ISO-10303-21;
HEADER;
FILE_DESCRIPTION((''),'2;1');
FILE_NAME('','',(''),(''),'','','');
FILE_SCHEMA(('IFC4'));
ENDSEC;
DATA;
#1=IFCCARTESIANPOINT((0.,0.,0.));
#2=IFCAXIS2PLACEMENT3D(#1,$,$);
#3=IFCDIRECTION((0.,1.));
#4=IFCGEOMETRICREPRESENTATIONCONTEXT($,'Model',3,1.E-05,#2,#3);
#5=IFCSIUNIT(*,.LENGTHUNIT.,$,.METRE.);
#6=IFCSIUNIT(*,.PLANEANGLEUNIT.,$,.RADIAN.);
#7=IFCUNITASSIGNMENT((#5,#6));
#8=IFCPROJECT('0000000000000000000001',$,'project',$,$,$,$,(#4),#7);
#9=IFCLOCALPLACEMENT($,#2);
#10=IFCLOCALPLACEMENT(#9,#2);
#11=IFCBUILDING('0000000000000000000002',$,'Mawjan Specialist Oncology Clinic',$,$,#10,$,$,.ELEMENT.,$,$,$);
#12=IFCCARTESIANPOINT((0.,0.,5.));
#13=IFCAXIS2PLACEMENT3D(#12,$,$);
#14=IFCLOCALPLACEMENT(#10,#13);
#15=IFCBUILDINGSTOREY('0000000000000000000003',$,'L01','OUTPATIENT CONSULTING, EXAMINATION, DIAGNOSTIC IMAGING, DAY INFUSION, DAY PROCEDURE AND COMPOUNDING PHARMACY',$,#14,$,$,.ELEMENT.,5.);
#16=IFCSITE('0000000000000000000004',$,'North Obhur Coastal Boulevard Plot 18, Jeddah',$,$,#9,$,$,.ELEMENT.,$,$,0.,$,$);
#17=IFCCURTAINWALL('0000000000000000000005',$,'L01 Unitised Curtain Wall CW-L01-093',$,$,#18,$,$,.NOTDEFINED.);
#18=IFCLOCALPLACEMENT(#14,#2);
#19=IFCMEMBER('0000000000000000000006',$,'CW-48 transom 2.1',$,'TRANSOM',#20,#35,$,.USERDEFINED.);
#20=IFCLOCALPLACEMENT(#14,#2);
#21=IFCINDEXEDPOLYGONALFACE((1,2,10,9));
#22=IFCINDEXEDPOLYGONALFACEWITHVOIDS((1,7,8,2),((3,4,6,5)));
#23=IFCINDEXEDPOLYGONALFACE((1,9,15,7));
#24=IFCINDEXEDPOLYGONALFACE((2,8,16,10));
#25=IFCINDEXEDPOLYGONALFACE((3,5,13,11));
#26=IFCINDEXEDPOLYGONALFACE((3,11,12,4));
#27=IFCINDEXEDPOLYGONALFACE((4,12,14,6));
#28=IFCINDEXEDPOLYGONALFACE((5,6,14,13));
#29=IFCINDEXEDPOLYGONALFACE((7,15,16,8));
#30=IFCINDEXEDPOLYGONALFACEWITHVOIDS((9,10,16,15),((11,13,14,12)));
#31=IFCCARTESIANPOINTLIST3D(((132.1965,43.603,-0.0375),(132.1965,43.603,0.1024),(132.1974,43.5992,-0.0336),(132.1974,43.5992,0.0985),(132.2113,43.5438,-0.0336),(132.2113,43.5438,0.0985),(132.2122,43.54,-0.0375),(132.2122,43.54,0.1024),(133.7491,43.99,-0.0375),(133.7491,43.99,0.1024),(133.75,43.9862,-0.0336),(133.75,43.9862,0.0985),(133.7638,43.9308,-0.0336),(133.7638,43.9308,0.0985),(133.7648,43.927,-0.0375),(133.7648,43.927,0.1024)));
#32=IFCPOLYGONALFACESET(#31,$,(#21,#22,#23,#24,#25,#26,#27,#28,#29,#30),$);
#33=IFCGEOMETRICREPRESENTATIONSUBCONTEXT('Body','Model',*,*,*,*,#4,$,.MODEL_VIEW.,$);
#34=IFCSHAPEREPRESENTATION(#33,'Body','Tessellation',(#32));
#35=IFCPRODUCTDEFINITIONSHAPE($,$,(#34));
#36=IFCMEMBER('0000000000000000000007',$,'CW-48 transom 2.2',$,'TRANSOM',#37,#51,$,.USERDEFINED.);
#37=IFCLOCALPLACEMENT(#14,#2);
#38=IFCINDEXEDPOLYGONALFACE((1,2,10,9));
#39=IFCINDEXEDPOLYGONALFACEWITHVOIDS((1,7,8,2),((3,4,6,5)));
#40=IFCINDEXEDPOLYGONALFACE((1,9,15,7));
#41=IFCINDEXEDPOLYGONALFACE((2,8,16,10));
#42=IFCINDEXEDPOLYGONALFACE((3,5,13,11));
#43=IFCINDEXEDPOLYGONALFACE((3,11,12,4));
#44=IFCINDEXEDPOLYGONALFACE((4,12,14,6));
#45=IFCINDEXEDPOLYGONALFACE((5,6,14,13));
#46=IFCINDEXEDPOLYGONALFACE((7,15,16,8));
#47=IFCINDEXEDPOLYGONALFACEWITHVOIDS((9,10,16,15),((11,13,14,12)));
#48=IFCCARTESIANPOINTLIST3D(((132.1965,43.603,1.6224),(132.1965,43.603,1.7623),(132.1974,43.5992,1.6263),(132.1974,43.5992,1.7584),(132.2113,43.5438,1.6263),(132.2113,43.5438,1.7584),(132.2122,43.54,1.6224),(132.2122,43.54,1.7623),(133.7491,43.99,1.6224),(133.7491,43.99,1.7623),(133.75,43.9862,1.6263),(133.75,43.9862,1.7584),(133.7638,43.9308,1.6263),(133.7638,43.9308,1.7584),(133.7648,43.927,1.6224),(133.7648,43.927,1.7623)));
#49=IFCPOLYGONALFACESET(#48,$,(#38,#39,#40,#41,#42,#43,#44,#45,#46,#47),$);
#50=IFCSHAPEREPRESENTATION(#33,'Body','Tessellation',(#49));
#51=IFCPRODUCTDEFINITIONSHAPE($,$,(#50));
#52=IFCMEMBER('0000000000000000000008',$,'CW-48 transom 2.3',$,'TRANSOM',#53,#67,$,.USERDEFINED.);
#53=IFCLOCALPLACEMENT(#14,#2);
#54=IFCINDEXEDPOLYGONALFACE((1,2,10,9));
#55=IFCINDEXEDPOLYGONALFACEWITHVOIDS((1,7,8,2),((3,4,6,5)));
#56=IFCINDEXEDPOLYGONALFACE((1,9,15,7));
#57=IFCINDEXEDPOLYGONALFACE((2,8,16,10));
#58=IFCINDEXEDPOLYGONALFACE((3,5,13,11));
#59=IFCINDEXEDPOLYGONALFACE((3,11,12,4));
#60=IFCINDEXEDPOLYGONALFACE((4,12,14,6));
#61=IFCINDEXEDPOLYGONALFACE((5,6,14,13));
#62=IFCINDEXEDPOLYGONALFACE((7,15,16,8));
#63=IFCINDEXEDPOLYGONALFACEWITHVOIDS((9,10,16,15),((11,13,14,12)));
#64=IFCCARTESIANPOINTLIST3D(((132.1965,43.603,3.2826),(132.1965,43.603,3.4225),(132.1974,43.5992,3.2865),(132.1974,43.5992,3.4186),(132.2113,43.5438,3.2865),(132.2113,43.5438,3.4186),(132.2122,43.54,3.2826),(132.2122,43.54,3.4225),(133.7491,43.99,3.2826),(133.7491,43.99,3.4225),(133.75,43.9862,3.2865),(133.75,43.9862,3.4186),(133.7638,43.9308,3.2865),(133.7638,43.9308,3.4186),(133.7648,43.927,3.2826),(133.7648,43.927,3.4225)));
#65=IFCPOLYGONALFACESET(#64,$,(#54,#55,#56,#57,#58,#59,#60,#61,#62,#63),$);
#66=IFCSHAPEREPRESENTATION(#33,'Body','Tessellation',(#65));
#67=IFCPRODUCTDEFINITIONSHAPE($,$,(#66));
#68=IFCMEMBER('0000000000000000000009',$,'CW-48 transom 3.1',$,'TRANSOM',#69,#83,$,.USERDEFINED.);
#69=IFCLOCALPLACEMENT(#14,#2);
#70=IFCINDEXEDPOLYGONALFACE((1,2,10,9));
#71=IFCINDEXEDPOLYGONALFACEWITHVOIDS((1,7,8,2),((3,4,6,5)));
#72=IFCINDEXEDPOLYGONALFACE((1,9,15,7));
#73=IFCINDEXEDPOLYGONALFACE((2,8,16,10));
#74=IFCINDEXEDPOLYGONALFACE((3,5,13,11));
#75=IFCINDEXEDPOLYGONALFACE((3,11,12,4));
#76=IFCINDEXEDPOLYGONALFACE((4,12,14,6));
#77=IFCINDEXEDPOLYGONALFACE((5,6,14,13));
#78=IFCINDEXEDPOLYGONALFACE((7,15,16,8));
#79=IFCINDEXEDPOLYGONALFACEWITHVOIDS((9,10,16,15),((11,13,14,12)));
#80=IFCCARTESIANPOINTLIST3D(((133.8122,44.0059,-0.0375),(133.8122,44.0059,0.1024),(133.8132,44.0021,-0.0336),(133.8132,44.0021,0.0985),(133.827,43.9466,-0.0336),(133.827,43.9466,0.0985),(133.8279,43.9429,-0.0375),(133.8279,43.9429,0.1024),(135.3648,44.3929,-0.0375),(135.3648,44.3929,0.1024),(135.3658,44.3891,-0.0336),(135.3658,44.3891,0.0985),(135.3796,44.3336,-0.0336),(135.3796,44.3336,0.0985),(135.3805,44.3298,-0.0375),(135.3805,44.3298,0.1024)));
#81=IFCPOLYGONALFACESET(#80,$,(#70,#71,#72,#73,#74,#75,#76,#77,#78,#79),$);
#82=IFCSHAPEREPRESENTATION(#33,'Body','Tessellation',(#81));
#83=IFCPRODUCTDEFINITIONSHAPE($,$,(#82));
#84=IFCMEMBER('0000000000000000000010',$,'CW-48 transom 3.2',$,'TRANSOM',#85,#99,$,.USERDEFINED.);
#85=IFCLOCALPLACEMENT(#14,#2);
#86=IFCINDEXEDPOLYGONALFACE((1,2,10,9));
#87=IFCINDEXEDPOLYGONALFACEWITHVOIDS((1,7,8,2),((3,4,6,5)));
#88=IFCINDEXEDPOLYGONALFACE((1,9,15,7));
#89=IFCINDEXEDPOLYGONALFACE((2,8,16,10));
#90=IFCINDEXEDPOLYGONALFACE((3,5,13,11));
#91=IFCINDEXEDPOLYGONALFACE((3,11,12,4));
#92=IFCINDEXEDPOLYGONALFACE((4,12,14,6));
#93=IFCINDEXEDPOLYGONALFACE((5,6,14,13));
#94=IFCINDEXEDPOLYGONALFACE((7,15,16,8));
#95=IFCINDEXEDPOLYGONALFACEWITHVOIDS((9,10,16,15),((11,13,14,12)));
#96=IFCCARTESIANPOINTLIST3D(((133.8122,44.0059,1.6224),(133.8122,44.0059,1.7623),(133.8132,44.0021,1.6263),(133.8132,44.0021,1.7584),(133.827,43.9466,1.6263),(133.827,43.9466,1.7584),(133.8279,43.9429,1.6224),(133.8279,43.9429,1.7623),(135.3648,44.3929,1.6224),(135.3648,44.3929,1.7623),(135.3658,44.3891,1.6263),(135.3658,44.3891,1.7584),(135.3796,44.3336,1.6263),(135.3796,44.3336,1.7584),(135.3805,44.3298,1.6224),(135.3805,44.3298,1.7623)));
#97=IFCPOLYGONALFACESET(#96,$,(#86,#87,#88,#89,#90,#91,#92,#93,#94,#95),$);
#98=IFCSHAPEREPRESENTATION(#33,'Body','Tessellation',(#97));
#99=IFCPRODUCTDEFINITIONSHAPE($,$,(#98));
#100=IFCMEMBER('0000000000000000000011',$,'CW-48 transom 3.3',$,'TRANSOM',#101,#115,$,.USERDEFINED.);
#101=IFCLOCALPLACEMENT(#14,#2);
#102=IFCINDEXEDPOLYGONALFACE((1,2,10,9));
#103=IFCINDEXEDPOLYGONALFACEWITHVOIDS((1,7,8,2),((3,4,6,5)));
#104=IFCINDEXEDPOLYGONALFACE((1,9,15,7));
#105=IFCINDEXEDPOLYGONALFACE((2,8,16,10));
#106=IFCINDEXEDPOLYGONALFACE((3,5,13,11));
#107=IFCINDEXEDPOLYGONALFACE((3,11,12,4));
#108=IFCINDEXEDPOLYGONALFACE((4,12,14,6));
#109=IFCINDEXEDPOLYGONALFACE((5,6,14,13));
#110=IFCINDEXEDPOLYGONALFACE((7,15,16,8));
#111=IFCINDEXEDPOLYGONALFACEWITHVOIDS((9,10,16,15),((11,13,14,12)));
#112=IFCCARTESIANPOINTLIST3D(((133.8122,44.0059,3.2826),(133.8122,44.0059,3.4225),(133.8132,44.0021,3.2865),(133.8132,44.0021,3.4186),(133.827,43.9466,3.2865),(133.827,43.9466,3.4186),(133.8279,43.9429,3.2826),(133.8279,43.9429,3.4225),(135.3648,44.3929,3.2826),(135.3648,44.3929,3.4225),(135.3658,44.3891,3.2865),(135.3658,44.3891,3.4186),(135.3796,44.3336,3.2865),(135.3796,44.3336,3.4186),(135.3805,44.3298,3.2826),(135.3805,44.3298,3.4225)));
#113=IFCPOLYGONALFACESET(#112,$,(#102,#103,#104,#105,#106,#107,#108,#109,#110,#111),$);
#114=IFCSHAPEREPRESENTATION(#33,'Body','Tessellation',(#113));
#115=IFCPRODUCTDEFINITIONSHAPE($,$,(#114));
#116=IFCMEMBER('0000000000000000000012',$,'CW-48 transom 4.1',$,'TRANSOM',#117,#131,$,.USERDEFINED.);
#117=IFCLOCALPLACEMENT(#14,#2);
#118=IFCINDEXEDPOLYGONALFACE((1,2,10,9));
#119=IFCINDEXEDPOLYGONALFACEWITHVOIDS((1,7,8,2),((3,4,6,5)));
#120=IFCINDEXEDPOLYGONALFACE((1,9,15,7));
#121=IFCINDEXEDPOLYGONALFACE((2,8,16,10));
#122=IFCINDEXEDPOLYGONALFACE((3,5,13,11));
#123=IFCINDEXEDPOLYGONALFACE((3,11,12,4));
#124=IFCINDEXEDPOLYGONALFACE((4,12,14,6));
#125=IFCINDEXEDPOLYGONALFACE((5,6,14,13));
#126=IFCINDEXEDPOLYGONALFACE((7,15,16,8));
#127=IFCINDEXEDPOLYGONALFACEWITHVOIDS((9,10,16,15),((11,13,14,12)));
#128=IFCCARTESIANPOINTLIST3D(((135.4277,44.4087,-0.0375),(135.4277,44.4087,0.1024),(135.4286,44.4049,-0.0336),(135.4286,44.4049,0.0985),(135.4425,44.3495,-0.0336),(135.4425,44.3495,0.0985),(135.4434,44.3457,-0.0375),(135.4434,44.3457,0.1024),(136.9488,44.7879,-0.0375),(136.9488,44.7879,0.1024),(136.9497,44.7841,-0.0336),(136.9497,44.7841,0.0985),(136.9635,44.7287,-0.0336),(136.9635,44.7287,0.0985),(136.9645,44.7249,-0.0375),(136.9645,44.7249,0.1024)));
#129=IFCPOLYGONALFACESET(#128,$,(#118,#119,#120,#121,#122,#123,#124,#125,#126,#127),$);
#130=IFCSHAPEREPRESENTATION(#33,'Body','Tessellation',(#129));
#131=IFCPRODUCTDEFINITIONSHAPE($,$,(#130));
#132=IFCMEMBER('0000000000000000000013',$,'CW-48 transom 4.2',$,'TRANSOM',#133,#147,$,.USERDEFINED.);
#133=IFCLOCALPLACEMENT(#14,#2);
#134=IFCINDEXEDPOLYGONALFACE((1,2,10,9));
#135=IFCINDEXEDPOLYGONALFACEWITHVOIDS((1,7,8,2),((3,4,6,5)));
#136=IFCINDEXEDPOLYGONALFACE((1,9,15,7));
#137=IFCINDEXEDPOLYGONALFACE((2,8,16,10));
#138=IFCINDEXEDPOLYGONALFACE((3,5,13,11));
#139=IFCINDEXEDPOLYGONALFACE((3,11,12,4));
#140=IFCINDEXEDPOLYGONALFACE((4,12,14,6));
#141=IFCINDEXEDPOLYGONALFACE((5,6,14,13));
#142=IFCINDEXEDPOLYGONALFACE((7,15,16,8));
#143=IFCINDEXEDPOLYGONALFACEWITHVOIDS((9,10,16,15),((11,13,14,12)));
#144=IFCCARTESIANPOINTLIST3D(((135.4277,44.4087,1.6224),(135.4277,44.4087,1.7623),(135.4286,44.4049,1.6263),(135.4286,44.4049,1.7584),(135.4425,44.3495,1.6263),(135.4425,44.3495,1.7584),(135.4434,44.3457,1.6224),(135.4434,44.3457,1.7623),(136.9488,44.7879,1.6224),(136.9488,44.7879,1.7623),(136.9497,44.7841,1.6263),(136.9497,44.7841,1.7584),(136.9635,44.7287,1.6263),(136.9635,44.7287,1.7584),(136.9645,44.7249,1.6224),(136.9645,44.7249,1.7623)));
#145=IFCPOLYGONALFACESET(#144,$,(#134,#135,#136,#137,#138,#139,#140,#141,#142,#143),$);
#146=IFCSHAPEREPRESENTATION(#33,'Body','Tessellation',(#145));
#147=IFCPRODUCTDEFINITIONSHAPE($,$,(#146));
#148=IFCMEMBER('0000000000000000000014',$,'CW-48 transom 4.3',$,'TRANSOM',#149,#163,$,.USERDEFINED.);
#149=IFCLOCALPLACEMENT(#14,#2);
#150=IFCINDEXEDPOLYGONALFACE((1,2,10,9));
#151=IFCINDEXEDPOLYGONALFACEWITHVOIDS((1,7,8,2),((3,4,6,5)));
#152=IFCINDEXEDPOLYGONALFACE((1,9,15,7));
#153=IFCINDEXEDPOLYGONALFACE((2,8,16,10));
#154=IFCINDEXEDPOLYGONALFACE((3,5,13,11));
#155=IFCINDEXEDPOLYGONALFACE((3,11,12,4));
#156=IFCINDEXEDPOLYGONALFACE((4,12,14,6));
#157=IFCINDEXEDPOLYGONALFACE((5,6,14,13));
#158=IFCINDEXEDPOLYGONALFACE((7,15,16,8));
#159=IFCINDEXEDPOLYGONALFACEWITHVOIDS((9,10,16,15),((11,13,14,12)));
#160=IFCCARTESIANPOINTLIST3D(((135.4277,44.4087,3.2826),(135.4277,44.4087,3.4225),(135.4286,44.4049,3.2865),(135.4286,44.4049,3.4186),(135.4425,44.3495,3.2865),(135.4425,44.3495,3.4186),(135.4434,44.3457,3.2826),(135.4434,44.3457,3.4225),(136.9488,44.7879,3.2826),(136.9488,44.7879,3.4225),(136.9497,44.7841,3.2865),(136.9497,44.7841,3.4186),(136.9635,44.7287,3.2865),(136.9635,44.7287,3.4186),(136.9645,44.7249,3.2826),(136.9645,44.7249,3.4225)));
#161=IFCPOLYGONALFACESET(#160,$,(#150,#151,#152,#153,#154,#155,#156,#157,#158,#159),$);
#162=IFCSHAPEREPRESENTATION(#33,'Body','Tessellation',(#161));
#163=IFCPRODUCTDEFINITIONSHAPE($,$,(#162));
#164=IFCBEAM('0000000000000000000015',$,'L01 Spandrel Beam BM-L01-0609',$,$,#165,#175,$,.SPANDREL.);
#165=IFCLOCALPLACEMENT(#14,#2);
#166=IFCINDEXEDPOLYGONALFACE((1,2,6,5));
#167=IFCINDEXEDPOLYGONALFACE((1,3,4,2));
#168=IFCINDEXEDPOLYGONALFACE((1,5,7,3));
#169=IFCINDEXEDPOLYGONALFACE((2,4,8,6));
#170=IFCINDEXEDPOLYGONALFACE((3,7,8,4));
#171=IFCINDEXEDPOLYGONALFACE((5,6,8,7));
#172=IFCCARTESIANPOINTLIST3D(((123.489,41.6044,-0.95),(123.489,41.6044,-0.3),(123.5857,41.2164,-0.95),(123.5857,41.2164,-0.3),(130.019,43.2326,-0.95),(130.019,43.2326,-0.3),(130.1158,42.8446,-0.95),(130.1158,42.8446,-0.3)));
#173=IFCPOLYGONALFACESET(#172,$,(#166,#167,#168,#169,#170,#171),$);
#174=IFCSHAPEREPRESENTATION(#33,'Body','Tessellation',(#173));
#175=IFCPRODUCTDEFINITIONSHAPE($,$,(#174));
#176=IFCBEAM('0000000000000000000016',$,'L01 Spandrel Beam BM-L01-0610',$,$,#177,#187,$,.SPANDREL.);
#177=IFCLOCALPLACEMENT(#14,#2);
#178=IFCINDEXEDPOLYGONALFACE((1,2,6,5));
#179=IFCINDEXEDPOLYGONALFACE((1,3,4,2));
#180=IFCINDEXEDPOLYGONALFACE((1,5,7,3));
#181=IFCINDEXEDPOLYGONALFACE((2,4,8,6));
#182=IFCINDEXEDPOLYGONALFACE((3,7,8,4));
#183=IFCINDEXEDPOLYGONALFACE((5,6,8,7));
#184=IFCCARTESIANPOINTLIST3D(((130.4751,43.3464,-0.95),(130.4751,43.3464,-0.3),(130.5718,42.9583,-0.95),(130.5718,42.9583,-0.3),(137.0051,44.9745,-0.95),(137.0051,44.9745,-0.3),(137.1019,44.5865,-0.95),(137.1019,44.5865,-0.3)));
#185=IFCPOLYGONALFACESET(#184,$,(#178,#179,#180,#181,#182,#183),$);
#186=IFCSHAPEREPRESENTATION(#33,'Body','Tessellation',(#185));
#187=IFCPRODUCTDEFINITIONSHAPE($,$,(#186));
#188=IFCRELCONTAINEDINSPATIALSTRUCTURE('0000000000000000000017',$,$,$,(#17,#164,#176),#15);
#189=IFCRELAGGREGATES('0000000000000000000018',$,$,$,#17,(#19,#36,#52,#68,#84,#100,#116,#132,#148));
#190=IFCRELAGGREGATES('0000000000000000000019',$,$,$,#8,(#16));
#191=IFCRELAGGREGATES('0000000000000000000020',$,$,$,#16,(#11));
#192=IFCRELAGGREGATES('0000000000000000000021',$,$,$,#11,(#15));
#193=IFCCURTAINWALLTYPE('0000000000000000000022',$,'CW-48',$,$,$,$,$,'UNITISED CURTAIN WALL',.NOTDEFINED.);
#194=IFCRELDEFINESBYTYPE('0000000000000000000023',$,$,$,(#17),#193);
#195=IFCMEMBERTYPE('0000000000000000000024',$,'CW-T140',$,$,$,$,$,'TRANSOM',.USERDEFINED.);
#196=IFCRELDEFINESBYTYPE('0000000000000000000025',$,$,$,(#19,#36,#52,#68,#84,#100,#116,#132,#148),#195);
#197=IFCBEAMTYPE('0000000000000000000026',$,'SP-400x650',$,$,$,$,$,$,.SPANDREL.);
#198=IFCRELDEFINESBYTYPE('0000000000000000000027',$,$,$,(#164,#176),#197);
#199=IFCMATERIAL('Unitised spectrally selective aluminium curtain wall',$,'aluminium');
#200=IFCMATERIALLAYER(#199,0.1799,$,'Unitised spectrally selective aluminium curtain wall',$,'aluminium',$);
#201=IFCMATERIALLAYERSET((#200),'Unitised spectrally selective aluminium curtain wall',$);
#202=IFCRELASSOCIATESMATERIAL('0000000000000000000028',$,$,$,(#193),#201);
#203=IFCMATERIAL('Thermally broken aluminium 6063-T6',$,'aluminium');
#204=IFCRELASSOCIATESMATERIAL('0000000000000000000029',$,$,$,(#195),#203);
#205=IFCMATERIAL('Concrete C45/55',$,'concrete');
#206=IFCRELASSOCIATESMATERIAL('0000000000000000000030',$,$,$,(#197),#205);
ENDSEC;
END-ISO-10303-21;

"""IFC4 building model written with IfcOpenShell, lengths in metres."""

from ifc_helpers import new_model, si_unit, direction, frame, origin, origin_2d, place, context, subcontext, project, spatial, rectangle, hollow_rectangle, extrude, material, layer, layer_set, material_profile, profile_set, type_object, element, aggregate, save


model = new_model("IFC4")

# Units and contexts
model_context = context("Model", 3, precision=1e-05, world=origin(), true_north=direction((0.0, 1.0)))
body_context = subcontext(model_context, "Body", "Model", "MODEL_VIEW")
ifc_project = project(units=[si_unit("LENGTHUNIT", "METRE"), si_unit("PLANEANGLEUNIT", "RADIAN")], contexts=[model_context])

# Site, building, storey
site_placement = place(None, origin())
site = spatial("IfcSite", under=ifc_project, at=site_placement, Name="North Obhur Coastal Boulevard Plot 18, Jeddah", CompositionType="ELEMENT", RefElevation=0.0)
building_placement = place(site_placement, origin())
building = spatial("IfcBuilding", under=site, at=building_placement, Name="Mawjan Specialist Oncology Clinic", CompositionType="ELEMENT")
storey_placement = place(building_placement, frame((0.0, 0.0, 5.0)))
storey = spatial("IfcBuildingStorey", under=building, at=storey_placement, Name="L01", Description="OUTPATIENT CONSULTING, EXAMINATION, DIAGNOSTIC IMAGING, DAY INFUSION, DAY PROCEDURE AND COMPOUNDING PHARMACY", CompositionType="ELEMENT", Elevation=5.0)

# Shared definitions
ifc_material_1 = material(Name="Unitised spectrally selective aluminium curtain wall", Category="aluminium")
ifc_layer_1 = layer(ifc_material_1, 0.1799, Name="Unitised spectrally selective aluminium curtain wall", Category="aluminium")
ifc_layer_set_1 = layer_set([ifc_layer_1], Name="Unitised spectrally selective aluminium curtain wall")
curtain_wall_type = type_object("IfcCurtainWallType", Name="CW-48", ElementType="UNITISED CURTAIN WALL", PredefinedType="NOTDEFINED", material=ifc_layer_set_1)

# Curtain wall, members
curtain_wall_1_placement = place(storey_placement, origin())
curtain_wall_1 = element("IfcCurtainWall", 1, at=curtain_wall_1_placement, inside=storey, type_object=curtain_wall_type, Name="L01 Unitised Curtain Wall CW-L01-093", PredefinedType="NOTDEFINED")
ifc_material_2 = material(Name="Thermally broken aluminium 6063-T6", Category="aluminium")
ifc_material_profile_1 = material_profile(ifc_material_2, hollow_rectangle(XDim=0.0649, YDim=0.1399, WallThickness=0.0039, at=origin_2d()), Name="ALU TRANSOM 140x65x4", Category="aluminium")
ifc_profile_set_1 = profile_set([ifc_material_profile_1], Name="Thermally broken aluminium 6063-T6")
member_type_1 = type_object("IfcMemberType", Name="CW-T140", ElementType="TRANSOM", PredefinedType="USERDEFINED", material=ifc_profile_set_1)
member_1_placement = place(storey_placement, frame((132.2043, 43.5715, 0.0325), z_axis=(0.970313, 0.241853, 0.0), x_axis=(-0.241853, 0.970313, 0.0)))
member_1 = element("IfcMember", 2, at=member_1_placement, type_object=member_type_1, Name="CW-48 transom 2.1", ObjectType="TRANSOM", PredefinedType="USERDEFINED", context=body_context, shape_type="SweptSolid", body=[
    extrude(hollow_rectangle(XDim=0.0649, YDim=0.1399, WallThickness=0.0039, at=origin_2d()), origin(), (0.0, 0.0, 1.0), 1.6001),
])
member_2_placement = place(storey_placement, frame((132.2043, 43.5715, 1.6924), z_axis=(0.970313, 0.241853, 0.0), x_axis=(-0.241853, 0.970313, 0.0)))
member_2 = element("IfcMember", 3, at=member_2_placement, type_object=member_type_1, Name="CW-48 transom 2.2", ObjectType="TRANSOM", PredefinedType="USERDEFINED", context=body_context, shape_type="SweptSolid", body=[
    extrude(hollow_rectangle(XDim=0.0649, YDim=0.1399, WallThickness=0.0039, at=origin_2d()), origin(), (0.0, 0.0, 1.0), 1.6001),
])
member_3_placement = place(storey_placement, frame((132.2043, 43.5715, 3.3525), z_axis=(0.970313, 0.241853, 0.0), x_axis=(-0.241853, 0.970313, 0.0)))
member_3 = element("IfcMember", 4, at=member_3_placement, type_object=member_type_1, Name="CW-48 transom 2.3", ObjectType="TRANSOM", PredefinedType="USERDEFINED", context=body_context, shape_type="SweptSolid", body=[
    extrude(hollow_rectangle(XDim=0.0649, YDim=0.1399, WallThickness=0.0039, at=origin_2d()), origin(), (0.0, 0.0, 1.0), 1.6001),
])
member_4_placement = place(storey_placement, frame((133.8201, 43.9744, 0.0325), z_axis=(0.970313, 0.241853, 0.0), x_axis=(-0.241853, 0.970313, 0.0)))
member_4 = element("IfcMember", 5, at=member_4_placement, type_object=member_type_1, Name="CW-48 transom 3.1", ObjectType="TRANSOM", PredefinedType="USERDEFINED", context=body_context, shape_type="SweptSolid", body=[
    extrude(hollow_rectangle(XDim=0.0649, YDim=0.1399, WallThickness=0.0039, at=origin_2d()), origin(), (0.0, 0.0, 1.0), 1.6001),
])
member_5_placement = place(storey_placement, frame((133.8201, 43.9744, 1.6924), z_axis=(0.970313, 0.241853, 0.0), x_axis=(-0.241853, 0.970313, 0.0)))
member_5 = element("IfcMember", 6, at=member_5_placement, type_object=member_type_1, Name="CW-48 transom 3.2", ObjectType="TRANSOM", PredefinedType="USERDEFINED", context=body_context, shape_type="SweptSolid", body=[
    extrude(hollow_rectangle(XDim=0.0649, YDim=0.1399, WallThickness=0.0039, at=origin_2d()), origin(), (0.0, 0.0, 1.0), 1.6001),
])
member_6_placement = place(storey_placement, frame((133.8201, 43.9744, 3.3525), z_axis=(0.970313, 0.241853, 0.0), x_axis=(-0.241853, 0.970313, 0.0)))
member_6 = element("IfcMember", 7, at=member_6_placement, type_object=member_type_1, Name="CW-48 transom 3.3", ObjectType="TRANSOM", PredefinedType="USERDEFINED", context=body_context, shape_type="SweptSolid", body=[
    extrude(hollow_rectangle(XDim=0.0649, YDim=0.1399, WallThickness=0.0039, at=origin_2d()), origin(), (0.0, 0.0, 1.0), 1.6001),
])
member_7_placement = place(storey_placement, frame((135.4355, 44.3772, 0.0325), z_axis=(0.970307, 0.241876, 0.0), x_axis=(-0.241876, 0.970307, 0.0)))
member_7 = element("IfcMember", 8, at=member_7_placement, type_object=member_type_1, Name="CW-48 transom 4.1", ObjectType="TRANSOM", PredefinedType="USERDEFINED", context=body_context, shape_type="SweptSolid", body=[
    extrude(hollow_rectangle(XDim=0.0649, YDim=0.1399, WallThickness=0.0039, at=origin_2d()), origin(), (0.0, 0.0, 1.0), 1.5676),
])
member_8_placement = place(storey_placement, frame((135.4355, 44.3772, 1.6924), z_axis=(0.970307, 0.241876, 0.0), x_axis=(-0.241876, 0.970307, 0.0)))
member_8 = element("IfcMember", 9, at=member_8_placement, type_object=member_type_1, Name="CW-48 transom 4.2", ObjectType="TRANSOM", PredefinedType="USERDEFINED", context=body_context, shape_type="SweptSolid", body=[
    extrude(hollow_rectangle(XDim=0.0649, YDim=0.1399, WallThickness=0.0039, at=origin_2d()), origin(), (0.0, 0.0, 1.0), 1.5676),
])
member_9_placement = place(storey_placement, frame((135.4355, 44.3772, 3.3525), z_axis=(0.970307, 0.241876, 0.0), x_axis=(-0.241876, 0.970307, 0.0)))
member_9 = element("IfcMember", 10, at=member_9_placement, type_object=member_type_1, Name="CW-48 transom 4.3", ObjectType="TRANSOM", PredefinedType="USERDEFINED", context=body_context, shape_type="SweptSolid", body=[
    extrude(hollow_rectangle(XDim=0.0649, YDim=0.1399, WallThickness=0.0039, at=origin_2d()), origin(), (0.0, 0.0, 1.0), 1.5676),
])

# Beams
ifc_material_3 = material(Name="Concrete C45/55", Category="concrete")
ifc_material_profile_2 = material_profile(ifc_material_3, rectangle(XDim=0.3999, YDim=0.6499, at=origin_2d()), Name="RC BM 400x650", Category="concrete")
ifc_profile_set_2 = profile_set([ifc_material_profile_2], Name="Concrete C45/55")
beam_type = type_object("IfcBeamType", Name="SP-400x650", PredefinedType="SPANDREL", material=ifc_profile_set_2)
for number, where, z_axis, x_axis, name in (
    (11, (123.5374, 41.4104, -0.625), (0.970294, 0.24193, 0.0), (-0.24193, 0.970294, 0.0), "L01 Spandrel Beam BM-L01-0609"),
    (12, (130.5234, 43.1523, -0.625), (0.970294, 0.24193, 0.0), (-0.24193, 0.970294, 0.0), "L01 Spandrel Beam BM-L01-0610"),
):
    element("IfcBeam", number, at=place(storey_placement, frame(where, z_axis=z_axis, x_axis=x_axis)), inside=storey, type_object=beam_type, Name=name, PredefinedType="SPANDREL", context=body_context, shape_type="SweptSolid", body=[
        extrude(rectangle(XDim=0.3999, YDim=0.6499, at=origin_2d()), origin(), (0.0, 0.0, 1.0), 6.73),
    ])

aggregate(curtain_wall_1, [member_1, member_2, member_3, member_4, member_5, member_6, member_7, member_8, member_9])

save(model, "model.ifc")
